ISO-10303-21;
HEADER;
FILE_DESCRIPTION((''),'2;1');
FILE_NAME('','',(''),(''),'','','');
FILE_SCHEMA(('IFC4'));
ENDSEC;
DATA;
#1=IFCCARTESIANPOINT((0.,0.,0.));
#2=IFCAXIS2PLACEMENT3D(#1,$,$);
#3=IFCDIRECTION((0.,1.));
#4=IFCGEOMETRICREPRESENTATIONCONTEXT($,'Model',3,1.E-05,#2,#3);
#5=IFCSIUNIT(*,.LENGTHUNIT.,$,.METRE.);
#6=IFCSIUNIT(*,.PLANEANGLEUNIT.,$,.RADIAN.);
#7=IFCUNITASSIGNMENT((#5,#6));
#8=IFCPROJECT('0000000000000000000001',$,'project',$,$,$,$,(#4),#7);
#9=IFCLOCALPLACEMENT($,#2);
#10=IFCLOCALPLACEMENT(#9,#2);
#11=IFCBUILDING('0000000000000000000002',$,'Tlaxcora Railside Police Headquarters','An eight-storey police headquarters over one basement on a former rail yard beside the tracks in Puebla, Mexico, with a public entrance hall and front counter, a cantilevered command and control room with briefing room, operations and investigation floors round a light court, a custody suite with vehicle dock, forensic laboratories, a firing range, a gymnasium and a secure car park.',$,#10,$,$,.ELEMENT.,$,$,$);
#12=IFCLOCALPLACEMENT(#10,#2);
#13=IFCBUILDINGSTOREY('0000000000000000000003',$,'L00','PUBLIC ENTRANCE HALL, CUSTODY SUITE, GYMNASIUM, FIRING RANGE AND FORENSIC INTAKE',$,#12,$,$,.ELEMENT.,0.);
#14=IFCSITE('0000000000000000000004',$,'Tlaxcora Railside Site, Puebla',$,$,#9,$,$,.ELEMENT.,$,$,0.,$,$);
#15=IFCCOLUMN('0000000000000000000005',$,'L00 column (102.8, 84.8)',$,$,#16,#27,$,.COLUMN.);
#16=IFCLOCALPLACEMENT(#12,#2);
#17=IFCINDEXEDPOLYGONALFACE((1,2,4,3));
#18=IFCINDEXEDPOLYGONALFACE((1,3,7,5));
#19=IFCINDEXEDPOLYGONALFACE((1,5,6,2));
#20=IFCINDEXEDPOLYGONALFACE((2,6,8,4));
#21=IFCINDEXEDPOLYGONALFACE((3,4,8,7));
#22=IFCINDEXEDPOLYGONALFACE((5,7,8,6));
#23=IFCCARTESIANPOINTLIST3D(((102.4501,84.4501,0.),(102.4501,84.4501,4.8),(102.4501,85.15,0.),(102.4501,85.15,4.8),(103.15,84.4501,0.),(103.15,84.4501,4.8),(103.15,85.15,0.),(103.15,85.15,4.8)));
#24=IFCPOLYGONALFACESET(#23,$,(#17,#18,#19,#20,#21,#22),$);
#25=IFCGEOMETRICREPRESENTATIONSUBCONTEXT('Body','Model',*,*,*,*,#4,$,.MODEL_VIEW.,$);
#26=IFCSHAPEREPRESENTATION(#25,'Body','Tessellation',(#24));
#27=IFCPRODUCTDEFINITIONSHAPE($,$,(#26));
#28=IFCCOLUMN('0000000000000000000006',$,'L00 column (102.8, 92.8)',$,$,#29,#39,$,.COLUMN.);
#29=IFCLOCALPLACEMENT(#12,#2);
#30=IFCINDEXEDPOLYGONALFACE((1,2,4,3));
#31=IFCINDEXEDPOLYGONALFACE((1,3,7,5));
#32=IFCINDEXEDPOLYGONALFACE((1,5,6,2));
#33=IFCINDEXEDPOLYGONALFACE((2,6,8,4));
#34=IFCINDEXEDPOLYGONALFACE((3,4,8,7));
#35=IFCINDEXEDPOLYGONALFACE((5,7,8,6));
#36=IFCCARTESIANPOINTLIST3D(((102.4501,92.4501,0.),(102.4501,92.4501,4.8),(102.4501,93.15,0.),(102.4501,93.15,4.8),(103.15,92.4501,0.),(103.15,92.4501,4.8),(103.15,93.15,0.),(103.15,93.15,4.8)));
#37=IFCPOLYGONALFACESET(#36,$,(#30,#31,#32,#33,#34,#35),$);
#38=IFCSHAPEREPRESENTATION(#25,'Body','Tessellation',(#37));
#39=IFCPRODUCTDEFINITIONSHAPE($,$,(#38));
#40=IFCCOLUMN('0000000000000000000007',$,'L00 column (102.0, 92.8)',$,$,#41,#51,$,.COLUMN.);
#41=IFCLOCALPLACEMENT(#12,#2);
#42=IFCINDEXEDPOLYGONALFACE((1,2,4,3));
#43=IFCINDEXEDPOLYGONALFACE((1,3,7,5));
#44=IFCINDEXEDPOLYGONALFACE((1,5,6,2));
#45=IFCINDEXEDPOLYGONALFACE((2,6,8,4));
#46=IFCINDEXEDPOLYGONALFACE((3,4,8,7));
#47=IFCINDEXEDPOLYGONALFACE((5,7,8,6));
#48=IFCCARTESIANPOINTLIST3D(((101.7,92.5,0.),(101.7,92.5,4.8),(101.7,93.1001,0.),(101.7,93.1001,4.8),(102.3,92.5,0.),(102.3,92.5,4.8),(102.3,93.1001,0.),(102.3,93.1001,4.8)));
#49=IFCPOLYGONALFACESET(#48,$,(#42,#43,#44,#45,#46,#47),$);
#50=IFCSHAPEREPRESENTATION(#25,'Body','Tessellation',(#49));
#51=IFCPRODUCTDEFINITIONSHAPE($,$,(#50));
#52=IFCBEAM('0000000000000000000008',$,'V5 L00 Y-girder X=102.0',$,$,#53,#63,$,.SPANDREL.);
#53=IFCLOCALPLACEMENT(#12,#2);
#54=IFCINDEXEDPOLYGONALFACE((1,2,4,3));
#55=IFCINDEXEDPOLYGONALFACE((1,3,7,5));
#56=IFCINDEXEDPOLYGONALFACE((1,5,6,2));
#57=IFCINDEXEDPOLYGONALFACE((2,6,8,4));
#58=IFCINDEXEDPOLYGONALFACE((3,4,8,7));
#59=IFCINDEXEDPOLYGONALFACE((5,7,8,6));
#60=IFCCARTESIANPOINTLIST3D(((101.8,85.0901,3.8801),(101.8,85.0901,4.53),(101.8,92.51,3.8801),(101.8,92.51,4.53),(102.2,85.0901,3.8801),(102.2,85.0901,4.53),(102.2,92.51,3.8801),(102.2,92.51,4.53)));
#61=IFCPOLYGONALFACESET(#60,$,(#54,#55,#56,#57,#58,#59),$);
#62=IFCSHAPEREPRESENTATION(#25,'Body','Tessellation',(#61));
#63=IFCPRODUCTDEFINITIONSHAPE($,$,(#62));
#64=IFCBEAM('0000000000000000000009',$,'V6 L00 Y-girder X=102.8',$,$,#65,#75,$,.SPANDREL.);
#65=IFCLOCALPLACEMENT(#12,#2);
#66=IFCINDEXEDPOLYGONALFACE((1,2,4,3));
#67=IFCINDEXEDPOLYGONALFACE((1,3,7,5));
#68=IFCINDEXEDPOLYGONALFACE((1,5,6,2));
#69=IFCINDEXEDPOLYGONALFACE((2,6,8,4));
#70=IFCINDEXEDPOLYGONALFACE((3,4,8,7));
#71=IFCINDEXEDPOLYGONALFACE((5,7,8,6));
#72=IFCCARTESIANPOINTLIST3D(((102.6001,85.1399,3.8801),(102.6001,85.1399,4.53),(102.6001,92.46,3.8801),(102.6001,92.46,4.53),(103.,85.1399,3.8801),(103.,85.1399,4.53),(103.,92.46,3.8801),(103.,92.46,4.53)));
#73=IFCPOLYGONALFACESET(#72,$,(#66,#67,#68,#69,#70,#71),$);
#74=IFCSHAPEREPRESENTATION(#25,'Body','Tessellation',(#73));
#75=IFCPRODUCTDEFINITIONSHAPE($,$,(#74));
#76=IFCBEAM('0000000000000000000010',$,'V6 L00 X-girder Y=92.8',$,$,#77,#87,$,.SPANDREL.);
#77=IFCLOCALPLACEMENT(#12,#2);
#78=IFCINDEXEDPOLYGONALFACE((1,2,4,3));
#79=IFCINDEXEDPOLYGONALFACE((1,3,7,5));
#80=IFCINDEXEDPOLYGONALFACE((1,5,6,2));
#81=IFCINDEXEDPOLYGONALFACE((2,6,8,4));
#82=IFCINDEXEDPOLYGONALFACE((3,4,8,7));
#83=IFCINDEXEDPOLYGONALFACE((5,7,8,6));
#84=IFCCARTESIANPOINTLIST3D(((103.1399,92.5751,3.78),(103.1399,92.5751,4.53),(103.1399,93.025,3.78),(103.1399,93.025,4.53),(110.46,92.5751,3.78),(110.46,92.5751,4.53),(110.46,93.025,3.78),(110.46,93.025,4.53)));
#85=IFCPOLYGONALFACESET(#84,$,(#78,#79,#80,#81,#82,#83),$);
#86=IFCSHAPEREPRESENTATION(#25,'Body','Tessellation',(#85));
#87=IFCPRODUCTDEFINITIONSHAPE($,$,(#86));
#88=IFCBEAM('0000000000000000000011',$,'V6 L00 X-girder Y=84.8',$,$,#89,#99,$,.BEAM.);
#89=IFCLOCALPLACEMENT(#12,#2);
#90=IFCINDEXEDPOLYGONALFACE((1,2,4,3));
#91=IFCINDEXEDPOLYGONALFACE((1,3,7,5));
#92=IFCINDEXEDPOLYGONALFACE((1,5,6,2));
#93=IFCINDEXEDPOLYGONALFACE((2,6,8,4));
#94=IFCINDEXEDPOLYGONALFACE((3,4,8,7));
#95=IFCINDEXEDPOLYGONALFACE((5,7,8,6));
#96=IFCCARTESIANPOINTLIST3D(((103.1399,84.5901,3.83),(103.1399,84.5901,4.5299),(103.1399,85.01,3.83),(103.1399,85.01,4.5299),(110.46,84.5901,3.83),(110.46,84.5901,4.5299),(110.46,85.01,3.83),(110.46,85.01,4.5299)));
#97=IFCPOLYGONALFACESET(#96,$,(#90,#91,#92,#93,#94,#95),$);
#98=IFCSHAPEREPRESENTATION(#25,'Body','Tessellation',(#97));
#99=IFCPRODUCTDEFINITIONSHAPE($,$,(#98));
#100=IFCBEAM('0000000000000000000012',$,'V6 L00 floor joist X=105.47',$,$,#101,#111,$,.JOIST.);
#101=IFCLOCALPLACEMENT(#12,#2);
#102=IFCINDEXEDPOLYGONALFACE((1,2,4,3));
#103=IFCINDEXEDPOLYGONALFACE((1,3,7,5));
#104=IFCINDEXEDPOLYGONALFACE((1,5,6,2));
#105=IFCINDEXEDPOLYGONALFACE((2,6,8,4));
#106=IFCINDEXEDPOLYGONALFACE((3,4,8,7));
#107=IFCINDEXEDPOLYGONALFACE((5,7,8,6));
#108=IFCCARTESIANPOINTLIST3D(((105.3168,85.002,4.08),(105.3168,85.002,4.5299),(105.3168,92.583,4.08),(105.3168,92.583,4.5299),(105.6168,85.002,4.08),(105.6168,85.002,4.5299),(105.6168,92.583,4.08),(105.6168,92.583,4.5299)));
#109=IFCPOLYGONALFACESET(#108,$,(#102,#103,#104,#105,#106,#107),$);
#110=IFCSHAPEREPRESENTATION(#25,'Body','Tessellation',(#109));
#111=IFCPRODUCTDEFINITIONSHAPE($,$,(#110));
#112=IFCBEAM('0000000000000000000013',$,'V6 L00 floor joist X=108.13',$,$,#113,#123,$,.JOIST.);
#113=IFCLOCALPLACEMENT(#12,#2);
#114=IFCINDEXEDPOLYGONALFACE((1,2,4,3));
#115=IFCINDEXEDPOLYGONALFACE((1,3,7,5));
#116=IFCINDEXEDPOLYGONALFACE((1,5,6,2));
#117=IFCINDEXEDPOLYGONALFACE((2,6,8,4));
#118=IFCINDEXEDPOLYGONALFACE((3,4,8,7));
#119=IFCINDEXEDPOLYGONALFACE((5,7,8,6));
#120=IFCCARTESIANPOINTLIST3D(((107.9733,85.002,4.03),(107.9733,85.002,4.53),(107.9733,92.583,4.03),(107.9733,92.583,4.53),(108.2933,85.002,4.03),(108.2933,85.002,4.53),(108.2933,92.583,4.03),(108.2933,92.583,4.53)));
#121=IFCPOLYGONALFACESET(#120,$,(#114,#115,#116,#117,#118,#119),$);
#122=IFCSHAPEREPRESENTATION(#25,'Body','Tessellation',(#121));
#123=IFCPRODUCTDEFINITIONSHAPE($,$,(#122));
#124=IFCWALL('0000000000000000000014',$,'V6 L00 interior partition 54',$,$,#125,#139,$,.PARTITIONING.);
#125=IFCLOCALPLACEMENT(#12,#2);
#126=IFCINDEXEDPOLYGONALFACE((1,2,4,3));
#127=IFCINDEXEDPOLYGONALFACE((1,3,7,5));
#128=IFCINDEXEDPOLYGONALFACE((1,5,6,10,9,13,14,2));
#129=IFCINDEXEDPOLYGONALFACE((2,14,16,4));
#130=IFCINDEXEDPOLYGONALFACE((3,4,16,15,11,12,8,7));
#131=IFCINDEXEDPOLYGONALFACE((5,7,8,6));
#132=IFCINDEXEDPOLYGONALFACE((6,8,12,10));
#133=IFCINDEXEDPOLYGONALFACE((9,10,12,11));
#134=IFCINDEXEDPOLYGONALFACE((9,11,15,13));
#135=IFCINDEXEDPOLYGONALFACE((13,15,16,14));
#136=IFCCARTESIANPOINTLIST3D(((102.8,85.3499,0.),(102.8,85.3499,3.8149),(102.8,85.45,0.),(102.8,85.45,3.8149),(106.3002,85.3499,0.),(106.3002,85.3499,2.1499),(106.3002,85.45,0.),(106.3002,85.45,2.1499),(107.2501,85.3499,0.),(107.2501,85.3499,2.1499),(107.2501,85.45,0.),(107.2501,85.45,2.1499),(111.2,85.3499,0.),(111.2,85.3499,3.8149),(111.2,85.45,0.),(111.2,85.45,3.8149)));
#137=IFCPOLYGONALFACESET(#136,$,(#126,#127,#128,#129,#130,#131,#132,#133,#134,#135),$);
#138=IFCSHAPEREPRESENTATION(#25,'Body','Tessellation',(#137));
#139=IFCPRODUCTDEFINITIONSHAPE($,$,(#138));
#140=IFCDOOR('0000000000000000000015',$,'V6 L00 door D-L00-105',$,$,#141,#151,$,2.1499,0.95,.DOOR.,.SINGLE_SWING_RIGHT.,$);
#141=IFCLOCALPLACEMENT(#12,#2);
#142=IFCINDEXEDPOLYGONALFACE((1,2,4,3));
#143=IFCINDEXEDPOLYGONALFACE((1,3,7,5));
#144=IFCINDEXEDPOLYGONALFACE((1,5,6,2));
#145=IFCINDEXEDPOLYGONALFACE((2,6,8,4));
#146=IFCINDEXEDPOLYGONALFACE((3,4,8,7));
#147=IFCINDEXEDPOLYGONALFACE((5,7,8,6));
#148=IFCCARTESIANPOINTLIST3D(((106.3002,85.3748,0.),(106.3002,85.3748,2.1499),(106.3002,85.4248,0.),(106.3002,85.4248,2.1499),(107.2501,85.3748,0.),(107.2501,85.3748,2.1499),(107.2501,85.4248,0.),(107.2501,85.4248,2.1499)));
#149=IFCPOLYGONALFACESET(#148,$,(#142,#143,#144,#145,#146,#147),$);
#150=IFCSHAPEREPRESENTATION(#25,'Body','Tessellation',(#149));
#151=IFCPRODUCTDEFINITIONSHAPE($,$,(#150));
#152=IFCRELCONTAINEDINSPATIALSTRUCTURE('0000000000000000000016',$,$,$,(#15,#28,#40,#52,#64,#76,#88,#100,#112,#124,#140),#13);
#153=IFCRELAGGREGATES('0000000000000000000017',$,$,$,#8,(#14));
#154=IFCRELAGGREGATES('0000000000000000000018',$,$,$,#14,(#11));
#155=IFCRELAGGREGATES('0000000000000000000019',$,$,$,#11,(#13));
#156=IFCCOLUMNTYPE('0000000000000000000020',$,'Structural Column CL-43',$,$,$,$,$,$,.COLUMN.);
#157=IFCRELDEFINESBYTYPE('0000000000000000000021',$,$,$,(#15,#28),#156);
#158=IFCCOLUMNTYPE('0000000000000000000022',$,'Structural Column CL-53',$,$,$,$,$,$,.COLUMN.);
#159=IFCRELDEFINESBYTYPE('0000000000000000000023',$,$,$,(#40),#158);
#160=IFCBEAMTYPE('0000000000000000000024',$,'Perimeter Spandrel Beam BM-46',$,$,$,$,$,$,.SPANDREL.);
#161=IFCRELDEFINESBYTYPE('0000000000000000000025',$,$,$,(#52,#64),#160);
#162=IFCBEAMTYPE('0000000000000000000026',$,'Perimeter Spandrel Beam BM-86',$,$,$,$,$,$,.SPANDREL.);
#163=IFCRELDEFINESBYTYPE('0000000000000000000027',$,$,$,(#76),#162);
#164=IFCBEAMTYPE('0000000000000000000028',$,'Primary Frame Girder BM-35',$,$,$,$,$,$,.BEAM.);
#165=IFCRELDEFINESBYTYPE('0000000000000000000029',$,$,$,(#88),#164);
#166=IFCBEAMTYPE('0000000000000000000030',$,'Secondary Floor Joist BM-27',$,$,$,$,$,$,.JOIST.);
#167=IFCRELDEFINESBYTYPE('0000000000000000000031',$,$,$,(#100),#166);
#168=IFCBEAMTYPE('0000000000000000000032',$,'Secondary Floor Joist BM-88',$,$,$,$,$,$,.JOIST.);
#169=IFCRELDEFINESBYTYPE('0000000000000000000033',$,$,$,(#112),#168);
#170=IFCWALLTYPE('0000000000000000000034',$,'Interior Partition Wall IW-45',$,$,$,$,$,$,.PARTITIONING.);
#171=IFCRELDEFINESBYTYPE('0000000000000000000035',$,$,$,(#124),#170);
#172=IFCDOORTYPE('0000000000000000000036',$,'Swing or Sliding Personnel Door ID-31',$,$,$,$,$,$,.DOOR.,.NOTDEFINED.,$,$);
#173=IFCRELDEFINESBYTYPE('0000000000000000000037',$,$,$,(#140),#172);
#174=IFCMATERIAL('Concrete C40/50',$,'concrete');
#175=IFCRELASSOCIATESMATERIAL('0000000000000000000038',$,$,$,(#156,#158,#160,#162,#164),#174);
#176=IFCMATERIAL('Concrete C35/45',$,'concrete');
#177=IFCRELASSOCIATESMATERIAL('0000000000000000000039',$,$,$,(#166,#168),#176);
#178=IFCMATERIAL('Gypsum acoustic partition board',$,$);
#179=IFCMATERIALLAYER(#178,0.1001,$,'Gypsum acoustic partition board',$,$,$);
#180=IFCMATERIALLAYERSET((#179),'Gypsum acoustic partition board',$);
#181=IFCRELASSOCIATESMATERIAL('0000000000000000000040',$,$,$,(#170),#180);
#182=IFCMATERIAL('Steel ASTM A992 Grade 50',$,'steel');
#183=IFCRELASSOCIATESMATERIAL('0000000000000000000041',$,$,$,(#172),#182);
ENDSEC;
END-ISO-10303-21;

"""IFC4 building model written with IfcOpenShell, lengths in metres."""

from ifc_helpers import new_model, si_unit, direction, frame, frame_2d, origin, origin_2d, place, context, subcontext, project, spatial, rectangle, extrude, material, layer, layer_set, material_profile, profile_set, type_object, element, fill, save


model = new_model("IFC4")

# Units and contexts
model_context = context("Model", 3, precision=1e-05, world=origin(), true_north=direction((0.0, 1.0)))
body_context = subcontext(model_context, "Body", "Model", "MODEL_VIEW")
ifc_project = project(units=[si_unit("LENGTHUNIT", "METRE"), si_unit("PLANEANGLEUNIT", "RADIAN")], contexts=[model_context])

# Site, building, storey
site_placement = place(None, origin())
site = spatial("IfcSite", under=ifc_project, at=site_placement, Name="Tlaxcora Railside Site, Puebla", CompositionType="ELEMENT", RefElevation=0.0)
building_placement = place(site_placement, origin())
building = spatial("IfcBuilding", under=site, at=building_placement, Name="Tlaxcora Railside Police Headquarters", Description="An eight-storey police headquarters over one basement on a former rail yard beside the tracks in Puebla, Mexico, with a public entrance hall and front counter, a cantilevered command and control room with briefing room, operations and investigation floors round a light court, a custody suite with vehicle dock, forensic laboratories, a firing range, a gymnasium and a secure car park.", CompositionType="ELEMENT")
storey_placement = place(building_placement, origin())
storey = spatial("IfcBuildingStorey", under=building, at=storey_placement, Name="L00", Description="PUBLIC ENTRANCE HALL, CUSTODY SUITE, GYMNASIUM, FIRING RANGE AND FORENSIC INTAKE", CompositionType="ELEMENT", Elevation=0.0)

# Columns
ifc_material_1 = material(Name="Concrete C40/50", Category="concrete")
ifc_material_profile_1 = material_profile(ifc_material_1, rectangle(XDim=0.7, YDim=0.7, at=origin_2d()), Name="RC700X700")
ifc_profile_set_1 = profile_set([ifc_material_profile_1], Name="Concrete C40/50")
column_type_1 = type_object("IfcColumnType", Name="Structural Column CL-43", PredefinedType="COLUMN", material=ifc_profile_set_1)
for number, where, z_axis, x_axis, name in (
    (1, (102.8, 84.8, 0.0), (0.0, 0.0, 1.0), (1.0, 0.0, 0.0), "L00 column (102.8, 84.8)"),
    (2, (102.8, 92.8, 0.0), (0.0, 0.0, 1.0), (1.0, 0.0, 0.0), "L00 column (102.8, 92.8)"),
):
    element("IfcColumn", number, at=place(storey_placement, frame(where, z_axis=z_axis, x_axis=x_axis)), inside=storey, type_object=column_type_1, Name=name, PredefinedType="COLUMN", context=body_context, shape_type="SweptSolid", body=[
        extrude(rectangle(XDim=0.7, YDim=0.7, at=origin_2d()), origin(), (0.0, 0.0, 1.0), 4.8),
    ])
ifc_material_profile_2 = material_profile(ifc_material_1, rectangle(XDim=0.6001, YDim=0.6001, at=origin_2d()), Name="RC600X600")
ifc_profile_set_2 = profile_set([ifc_material_profile_2], Name="Concrete C40/50")
column_type_2 = type_object("IfcColumnType", Name="Structural Column CL-53", PredefinedType="COLUMN", material=ifc_profile_set_2)
column_placement = place(storey_placement, frame((102.0, 92.8, 0.0), z_axis=(0.0, 0.0, 1.0), x_axis=(1.0, 0.0, 0.0)))
element("IfcColumn", 3, at=column_placement, inside=storey, type_object=column_type_2, Name="L00 column (102.0, 92.8)", PredefinedType="COLUMN", context=body_context, shape_type="SweptSolid", body=[
    extrude(rectangle(XDim=0.6001, YDim=0.6001, at=origin_2d()), origin(), (0.0, 0.0, 1.0), 4.8),
])

# Beams
ifc_material_profile_3 = material_profile(ifc_material_1, rectangle(XDim=0.3999, YDim=0.6499, at=origin_2d()), Name="RC400X650")
ifc_profile_set_3 = profile_set([ifc_material_profile_3], Name="Concrete C40/50")
beam_type_1 = type_object("IfcBeamType", Name="Perimeter Spandrel Beam BM-46", PredefinedType="SPANDREL", material=ifc_profile_set_3)
beam_1_placement = place(storey_placement, frame((102.0, 85.0901, 4.2051), z_axis=(0.0, 1.0, 0.0), x_axis=(-1.0, 0.0, 0.0)))
element("IfcBeam", 4, at=beam_1_placement, inside=storey, type_object=beam_type_1, Name="V5 L00 Y-girder X=102.0", PredefinedType="SPANDREL", context=body_context, shape_type="SweptSolid", body=[
    extrude(rectangle(XDim=0.3999, YDim=0.6499, at=origin_2d()), origin(), (0.0, 0.0, 1.0), 7.4199),
])
beam_2_placement = place(storey_placement, frame((102.8, 85.1399, 4.2051), z_axis=(0.0, 1.0, 0.0), x_axis=(-1.0, 0.0, 0.0)))
element("IfcBeam", 5, at=beam_2_placement, inside=storey, type_object=beam_type_1, Name="V6 L00 Y-girder X=102.8", PredefinedType="SPANDREL", context=body_context, shape_type="SweptSolid", body=[
    extrude(rectangle(XDim=0.3999, YDim=0.6499, at=origin_2d()), origin(), (0.0, 0.0, 1.0), 7.3201),
])
ifc_material_profile_4 = material_profile(ifc_material_1, rectangle(XDim=0.45, YDim=0.75, at=origin_2d()), Name="RC450X750")
ifc_profile_set_4 = profile_set([ifc_material_profile_4], Name="Concrete C40/50")
beam_type_2 = type_object("IfcBeamType", Name="Perimeter Spandrel Beam BM-86", PredefinedType="SPANDREL", material=ifc_profile_set_4)
beam_3_placement = place(storey_placement, frame((103.1399, 92.8, 4.155), z_axis=(1.0, 0.0, 0.0), x_axis=(0.0, 1.0, 0.0)))
element("IfcBeam", 6, at=beam_3_placement, inside=storey, type_object=beam_type_2, Name="V6 L00 X-girder Y=92.8", PredefinedType="SPANDREL", context=body_context, shape_type="SweptSolid", body=[
    extrude(rectangle(XDim=0.45, YDim=0.75, at=origin_2d()), origin(), (0.0, 0.0, 1.0), 7.3201),
])
ifc_material_profile_5 = material_profile(ifc_material_1, rectangle(XDim=0.4199, YDim=0.7, at=origin_2d()), Name="RC420X700")
ifc_profile_set_5 = profile_set([ifc_material_profile_5], Name="Concrete C40/50")
beam_type_3 = type_object("IfcBeamType", Name="Primary Frame Girder BM-35", PredefinedType="BEAM", material=ifc_profile_set_5)
beam_4_placement = place(storey_placement, frame((103.1399, 84.8, 4.1799), z_axis=(1.0, 0.0, 0.0), x_axis=(0.0, 1.0, 0.0)))
element("IfcBeam", 7, at=beam_4_placement, inside=storey, type_object=beam_type_3, Name="V6 L00 X-girder Y=84.8", PredefinedType="BEAM", context=body_context, shape_type="SweptSolid", body=[
    extrude(rectangle(XDim=0.4199, YDim=0.7, at=origin_2d()), origin(), (0.0, 0.0, 1.0), 7.3201),
])
ifc_material_2 = material(Name="Concrete C35/45", Category="concrete")
ifc_material_profile_6 = material_profile(ifc_material_2, rectangle(XDim=0.3, YDim=0.45, at=origin_2d()), Name="RC300X450")
ifc_profile_set_6 = profile_set([ifc_material_profile_6], Name="Concrete C35/45")
beam_type_4 = type_object("IfcBeamType", Name="Secondary Floor Joist BM-27", PredefinedType="JOIST", material=ifc_profile_set_6)
beam_5_placement = place(storey_placement, frame((105.4668, 85.002, 4.3049), z_axis=(0.0, 1.0, 0.0), x_axis=(-1.0, 0.0, 0.0)))
element("IfcBeam", 8, at=beam_5_placement, inside=storey, type_object=beam_type_4, Name="V6 L00 floor joist X=105.47", PredefinedType="JOIST", context=body_context, shape_type="SweptSolid", body=[
    extrude(rectangle(XDim=0.3, YDim=0.45, at=origin_2d()), origin(), (0.0, 0.0, 1.0), 7.5811),
])
ifc_material_profile_7 = material_profile(ifc_material_2, rectangle(XDim=0.3201, YDim=0.5, at=origin_2d()), Name="RC320X500")
ifc_profile_set_7 = profile_set([ifc_material_profile_7], Name="Concrete C35/45")
beam_type_5 = type_object("IfcBeamType", Name="Secondary Floor Joist BM-88", PredefinedType="JOIST", material=ifc_profile_set_7)
beam_6_placement = place(storey_placement, frame((108.1333, 85.002, 4.28), z_axis=(0.0, 1.0, 0.0), x_axis=(-1.0, 0.0, 0.0)))
element("IfcBeam", 9, at=beam_6_placement, inside=storey, type_object=beam_type_5, Name="V6 L00 floor joist X=108.13", PredefinedType="JOIST", context=body_context, shape_type="SweptSolid", body=[
    extrude(rectangle(XDim=0.3201, YDim=0.5, at=origin_2d()), origin(), (0.0, 0.0, 1.0), 7.5811),
])

# Wall, opening, door
ifc_material_3 = material(Name="Gypsum acoustic partition board")
ifc_layer_1 = layer(ifc_material_3, 0.1001, Name="Gypsum acoustic partition board")
ifc_layer_set_1 = layer_set([ifc_layer_1], Name="Gypsum acoustic partition board")
wall_type_1 = type_object("IfcWallType", Name="Interior Partition Wall IW-45", PredefinedType="PARTITIONING", material=ifc_layer_set_1)
wall_1_placement = place(storey_placement, frame((102.8, 85.3999, 0.0), z_axis=(0.0, 0.0, 1.0), x_axis=(1.0, 0.0, 0.0)))
wall_1 = element("IfcWall", 10, at=wall_1_placement, inside=storey, type_object=wall_type_1, Name="V6 L00 interior partition 54", PredefinedType="PARTITIONING", context=body_context, shape_type="SweptSolid", body=[
    extrude(rectangle(XDim=8.3999, YDim=0.1001, at=frame_2d((4.2, 0.0))), origin(), (0.0, 0.0, 1.0), 3.8149),
])
opening_1_placement = place(wall_1_placement, frame((3.5, 0.0, 0.0)))
opening_1 = element("IfcOpeningElement", 11, at=opening_1_placement, cuts=wall_1, PredefinedType="OPENING", context=body_context, shape_type="SweptSolid", body=[
    extrude(rectangle(XDim=0.95, YDim=2.1499, at=frame_2d((0.4751, 1.075))), frame((0.0, 0.0601, 0.0), z_axis=(0.0, -1.0, 0.0), x_axis=(1.0, 0.0, 0.0)), (0.0, 0.0, 1.0), 0.1201),
])
ifc_material_4 = material(Name="Steel ASTM A992 Grade 50", Category="steel")
door_type = type_object("IfcDoorType", Name="Swing or Sliding Personnel Door ID-31", OperationType="NOTDEFINED", PredefinedType="DOOR", material=ifc_material_4)
door_placement = place(opening_1_placement, origin())
door = element("IfcDoor", 12, at=door_placement, inside=storey, type_object=door_type, Name="V6 L00 door D-L00-105", OperationType="SINGLE_SWING_RIGHT", OverallHeight=2.1499, OverallWidth=0.95, PredefinedType="DOOR", context=body_context, shape_type="SweptSolid", body=[
    extrude(rectangle(XDim=0.95, YDim=2.1499, at=frame_2d((0.4751, 1.075))), frame((0.0, 0.0249, 0.0), z_axis=(0.0, -1.0, 0.0), x_axis=(1.0, 0.0, 0.0)), (0.0, 0.0, 1.0), 0.05),
])
fill(opening_1, door)

save(model, "model.ifc")
